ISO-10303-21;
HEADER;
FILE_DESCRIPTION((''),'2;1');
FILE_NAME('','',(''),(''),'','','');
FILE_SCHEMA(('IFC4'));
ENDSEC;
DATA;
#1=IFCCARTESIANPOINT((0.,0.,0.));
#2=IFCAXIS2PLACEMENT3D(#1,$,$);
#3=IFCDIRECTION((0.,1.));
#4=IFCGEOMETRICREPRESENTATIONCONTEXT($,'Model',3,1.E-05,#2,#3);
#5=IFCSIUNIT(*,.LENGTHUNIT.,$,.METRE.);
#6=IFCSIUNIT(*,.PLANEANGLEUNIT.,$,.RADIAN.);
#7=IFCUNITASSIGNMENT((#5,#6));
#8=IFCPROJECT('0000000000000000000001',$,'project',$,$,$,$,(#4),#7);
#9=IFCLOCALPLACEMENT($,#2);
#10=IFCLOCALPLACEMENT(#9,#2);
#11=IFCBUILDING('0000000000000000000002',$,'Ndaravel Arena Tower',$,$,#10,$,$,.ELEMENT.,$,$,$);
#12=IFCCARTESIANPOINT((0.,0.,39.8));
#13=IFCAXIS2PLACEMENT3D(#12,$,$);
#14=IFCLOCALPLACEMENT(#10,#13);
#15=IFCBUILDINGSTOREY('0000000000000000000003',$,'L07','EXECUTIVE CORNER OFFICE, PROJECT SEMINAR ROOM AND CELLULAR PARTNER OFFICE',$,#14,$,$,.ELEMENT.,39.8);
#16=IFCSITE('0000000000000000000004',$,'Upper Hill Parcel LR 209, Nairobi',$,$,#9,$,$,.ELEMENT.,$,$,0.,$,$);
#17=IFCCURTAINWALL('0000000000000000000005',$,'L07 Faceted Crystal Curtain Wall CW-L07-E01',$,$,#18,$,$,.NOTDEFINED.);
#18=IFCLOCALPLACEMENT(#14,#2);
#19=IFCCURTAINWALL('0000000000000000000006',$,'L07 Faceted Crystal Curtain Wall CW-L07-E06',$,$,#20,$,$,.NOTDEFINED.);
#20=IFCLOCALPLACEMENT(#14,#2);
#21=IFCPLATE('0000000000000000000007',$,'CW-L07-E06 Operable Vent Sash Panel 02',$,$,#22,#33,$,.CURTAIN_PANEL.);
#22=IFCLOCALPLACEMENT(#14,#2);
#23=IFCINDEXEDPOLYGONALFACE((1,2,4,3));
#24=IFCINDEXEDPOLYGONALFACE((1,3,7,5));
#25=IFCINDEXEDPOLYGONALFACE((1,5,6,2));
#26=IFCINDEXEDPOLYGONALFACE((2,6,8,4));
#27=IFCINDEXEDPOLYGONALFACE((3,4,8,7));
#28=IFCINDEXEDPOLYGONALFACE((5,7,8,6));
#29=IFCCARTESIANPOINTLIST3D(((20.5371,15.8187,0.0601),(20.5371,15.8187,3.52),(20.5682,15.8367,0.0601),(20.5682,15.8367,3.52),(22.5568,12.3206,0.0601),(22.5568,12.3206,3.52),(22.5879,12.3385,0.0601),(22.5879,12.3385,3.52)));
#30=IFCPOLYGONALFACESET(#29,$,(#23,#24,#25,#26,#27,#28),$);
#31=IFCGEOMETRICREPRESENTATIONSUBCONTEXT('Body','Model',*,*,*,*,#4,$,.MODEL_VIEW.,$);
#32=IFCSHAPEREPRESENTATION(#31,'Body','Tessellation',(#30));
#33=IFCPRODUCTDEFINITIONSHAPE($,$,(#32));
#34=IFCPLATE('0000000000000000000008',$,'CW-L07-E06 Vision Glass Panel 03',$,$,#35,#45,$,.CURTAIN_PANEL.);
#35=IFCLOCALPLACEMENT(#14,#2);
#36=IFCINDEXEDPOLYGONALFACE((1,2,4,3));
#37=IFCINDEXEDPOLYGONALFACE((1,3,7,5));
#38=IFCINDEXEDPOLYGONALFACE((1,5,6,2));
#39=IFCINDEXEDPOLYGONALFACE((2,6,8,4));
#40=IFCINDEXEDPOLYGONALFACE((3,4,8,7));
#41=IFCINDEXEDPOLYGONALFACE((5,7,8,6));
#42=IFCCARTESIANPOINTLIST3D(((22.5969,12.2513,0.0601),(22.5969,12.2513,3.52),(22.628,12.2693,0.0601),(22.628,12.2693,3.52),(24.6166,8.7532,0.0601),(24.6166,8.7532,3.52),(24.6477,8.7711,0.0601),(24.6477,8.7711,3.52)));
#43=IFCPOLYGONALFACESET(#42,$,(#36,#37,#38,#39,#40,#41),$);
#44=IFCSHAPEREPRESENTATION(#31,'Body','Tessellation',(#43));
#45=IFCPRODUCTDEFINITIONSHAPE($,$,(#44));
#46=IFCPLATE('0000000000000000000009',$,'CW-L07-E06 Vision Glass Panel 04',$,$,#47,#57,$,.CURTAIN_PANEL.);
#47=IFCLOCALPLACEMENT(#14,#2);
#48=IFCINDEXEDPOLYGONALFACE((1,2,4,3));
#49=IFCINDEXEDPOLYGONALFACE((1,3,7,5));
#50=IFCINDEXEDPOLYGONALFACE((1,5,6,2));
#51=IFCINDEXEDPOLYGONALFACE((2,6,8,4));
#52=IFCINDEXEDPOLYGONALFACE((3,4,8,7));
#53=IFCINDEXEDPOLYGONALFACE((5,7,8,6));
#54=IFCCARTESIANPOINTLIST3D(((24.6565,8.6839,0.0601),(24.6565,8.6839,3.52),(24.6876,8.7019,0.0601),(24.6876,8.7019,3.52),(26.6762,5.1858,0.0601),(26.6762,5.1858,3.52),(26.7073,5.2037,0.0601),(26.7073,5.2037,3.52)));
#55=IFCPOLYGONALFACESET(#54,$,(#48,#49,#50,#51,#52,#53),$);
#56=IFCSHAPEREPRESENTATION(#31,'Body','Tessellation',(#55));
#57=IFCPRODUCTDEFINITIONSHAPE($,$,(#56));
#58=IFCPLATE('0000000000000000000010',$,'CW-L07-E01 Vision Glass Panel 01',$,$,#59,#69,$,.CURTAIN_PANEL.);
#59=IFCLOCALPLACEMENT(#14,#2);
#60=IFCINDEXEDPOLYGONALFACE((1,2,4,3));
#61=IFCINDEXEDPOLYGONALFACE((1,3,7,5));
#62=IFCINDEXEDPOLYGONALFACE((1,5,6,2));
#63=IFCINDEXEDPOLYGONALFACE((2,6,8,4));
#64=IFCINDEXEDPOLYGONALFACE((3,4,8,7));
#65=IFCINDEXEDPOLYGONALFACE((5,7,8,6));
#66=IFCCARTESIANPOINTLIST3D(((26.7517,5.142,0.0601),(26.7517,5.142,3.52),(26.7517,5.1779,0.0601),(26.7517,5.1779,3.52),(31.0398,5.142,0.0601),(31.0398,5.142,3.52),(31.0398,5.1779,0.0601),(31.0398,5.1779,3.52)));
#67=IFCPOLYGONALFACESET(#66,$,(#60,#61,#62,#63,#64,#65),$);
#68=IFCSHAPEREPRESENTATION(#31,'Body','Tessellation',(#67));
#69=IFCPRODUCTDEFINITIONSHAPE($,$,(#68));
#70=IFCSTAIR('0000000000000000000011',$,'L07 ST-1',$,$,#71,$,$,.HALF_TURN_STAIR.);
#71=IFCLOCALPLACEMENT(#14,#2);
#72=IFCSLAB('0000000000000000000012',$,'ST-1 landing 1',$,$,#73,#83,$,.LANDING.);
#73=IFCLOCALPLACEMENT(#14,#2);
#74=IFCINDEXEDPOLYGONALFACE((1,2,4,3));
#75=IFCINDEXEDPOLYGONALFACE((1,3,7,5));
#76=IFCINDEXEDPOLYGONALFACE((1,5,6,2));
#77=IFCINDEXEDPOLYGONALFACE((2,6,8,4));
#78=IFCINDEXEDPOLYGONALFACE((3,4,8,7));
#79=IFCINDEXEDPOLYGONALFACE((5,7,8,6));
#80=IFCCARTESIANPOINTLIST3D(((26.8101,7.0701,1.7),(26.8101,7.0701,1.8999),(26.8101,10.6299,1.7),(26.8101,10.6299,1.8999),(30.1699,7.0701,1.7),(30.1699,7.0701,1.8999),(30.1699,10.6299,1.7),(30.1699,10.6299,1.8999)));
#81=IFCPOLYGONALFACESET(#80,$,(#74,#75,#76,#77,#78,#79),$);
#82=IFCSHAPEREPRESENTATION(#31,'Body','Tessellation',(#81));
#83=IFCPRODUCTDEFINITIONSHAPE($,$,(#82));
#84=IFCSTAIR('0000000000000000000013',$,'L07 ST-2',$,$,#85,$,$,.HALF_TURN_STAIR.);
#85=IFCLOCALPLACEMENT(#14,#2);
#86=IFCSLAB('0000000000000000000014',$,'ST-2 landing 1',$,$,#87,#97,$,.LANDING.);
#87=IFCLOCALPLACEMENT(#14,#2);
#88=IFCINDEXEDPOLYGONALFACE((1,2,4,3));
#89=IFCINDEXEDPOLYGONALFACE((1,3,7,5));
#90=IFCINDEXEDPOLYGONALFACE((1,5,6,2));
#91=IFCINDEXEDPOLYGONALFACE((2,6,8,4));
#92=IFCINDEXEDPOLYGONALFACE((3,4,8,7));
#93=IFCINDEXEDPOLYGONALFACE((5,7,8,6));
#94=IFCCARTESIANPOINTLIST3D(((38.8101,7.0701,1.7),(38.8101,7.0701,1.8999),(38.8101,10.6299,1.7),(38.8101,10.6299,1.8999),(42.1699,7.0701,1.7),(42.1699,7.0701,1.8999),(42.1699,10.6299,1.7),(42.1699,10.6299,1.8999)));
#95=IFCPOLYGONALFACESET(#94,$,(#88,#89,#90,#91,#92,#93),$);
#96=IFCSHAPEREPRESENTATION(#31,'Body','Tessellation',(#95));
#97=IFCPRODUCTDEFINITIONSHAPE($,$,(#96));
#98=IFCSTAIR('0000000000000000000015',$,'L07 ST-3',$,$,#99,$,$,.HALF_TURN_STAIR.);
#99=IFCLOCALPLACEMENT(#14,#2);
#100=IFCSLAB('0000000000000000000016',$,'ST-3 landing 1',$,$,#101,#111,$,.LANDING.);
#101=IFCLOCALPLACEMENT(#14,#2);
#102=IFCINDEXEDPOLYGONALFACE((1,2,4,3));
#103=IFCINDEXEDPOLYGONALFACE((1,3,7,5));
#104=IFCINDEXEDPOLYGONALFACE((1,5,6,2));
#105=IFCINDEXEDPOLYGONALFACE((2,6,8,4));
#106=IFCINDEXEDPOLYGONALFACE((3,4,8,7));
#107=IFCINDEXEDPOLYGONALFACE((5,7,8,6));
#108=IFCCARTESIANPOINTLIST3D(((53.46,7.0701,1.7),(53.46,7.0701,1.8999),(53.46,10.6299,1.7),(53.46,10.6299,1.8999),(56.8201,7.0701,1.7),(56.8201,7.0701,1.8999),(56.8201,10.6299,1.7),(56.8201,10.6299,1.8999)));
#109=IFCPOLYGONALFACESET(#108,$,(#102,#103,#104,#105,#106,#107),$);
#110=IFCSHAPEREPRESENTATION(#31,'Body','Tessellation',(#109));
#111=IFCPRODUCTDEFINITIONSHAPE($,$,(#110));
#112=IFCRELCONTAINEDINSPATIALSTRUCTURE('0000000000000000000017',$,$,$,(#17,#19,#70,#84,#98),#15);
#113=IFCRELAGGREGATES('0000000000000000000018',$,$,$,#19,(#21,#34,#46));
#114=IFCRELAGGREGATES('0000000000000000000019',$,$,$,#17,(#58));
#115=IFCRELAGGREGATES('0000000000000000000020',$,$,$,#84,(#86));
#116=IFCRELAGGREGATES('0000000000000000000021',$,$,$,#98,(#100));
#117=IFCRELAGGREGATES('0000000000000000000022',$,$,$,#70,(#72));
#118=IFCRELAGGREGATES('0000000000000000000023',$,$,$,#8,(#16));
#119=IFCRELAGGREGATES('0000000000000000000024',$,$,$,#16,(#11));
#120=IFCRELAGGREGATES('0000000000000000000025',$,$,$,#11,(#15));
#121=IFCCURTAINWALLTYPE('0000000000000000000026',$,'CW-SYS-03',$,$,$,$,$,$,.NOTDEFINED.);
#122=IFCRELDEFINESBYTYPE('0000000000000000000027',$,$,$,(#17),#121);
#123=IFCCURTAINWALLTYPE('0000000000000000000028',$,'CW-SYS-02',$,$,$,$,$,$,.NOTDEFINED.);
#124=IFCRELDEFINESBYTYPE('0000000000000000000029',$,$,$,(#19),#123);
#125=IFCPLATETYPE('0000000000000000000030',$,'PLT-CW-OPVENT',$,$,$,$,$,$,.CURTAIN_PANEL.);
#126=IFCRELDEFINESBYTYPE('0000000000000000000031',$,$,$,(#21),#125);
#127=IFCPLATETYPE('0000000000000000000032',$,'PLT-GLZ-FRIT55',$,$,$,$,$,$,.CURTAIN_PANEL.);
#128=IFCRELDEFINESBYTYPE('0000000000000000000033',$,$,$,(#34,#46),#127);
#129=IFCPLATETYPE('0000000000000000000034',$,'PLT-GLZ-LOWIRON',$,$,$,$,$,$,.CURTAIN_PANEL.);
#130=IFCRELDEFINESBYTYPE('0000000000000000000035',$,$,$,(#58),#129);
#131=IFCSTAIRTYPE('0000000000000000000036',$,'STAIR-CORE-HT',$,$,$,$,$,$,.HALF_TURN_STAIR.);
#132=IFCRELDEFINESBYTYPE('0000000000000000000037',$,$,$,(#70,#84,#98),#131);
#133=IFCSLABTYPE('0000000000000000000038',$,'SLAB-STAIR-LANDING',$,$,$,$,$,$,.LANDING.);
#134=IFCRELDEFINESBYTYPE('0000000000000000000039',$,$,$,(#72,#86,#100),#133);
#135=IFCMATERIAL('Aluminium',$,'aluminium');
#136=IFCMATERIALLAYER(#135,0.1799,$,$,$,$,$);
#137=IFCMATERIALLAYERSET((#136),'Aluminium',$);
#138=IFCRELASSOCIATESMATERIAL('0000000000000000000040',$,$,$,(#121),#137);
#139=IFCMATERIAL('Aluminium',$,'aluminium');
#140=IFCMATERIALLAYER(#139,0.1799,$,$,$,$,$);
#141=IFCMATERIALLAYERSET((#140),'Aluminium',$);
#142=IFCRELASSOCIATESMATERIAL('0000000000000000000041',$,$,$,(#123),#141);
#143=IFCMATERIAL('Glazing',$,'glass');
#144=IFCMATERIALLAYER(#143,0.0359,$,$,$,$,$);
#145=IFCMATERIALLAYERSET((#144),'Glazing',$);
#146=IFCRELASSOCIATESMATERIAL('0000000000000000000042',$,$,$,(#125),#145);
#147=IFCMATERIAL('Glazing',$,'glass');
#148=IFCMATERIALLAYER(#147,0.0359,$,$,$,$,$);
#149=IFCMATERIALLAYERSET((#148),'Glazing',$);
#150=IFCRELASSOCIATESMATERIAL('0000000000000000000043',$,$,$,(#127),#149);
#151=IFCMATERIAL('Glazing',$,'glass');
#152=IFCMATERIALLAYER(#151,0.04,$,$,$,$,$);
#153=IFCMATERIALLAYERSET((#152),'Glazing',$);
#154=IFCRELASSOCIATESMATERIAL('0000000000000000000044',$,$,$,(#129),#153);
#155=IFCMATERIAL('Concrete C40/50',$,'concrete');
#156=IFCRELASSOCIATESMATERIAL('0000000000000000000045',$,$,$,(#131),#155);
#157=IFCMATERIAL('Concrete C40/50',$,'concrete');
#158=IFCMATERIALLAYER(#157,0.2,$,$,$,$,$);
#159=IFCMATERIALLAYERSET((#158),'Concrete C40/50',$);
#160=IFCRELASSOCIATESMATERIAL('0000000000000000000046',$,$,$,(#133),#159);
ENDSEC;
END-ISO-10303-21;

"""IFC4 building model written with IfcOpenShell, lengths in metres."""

from ifc_helpers import new_model, si_unit, direction, frame, origin, origin_2d, place, context, subcontext, project, spatial, polyline, rectangle, outline, extrude, material, layer, layer_set, type_object, element, aggregate, save


model = new_model("IFC4")

# Units and contexts
model_context = context("Model", 3, precision=1e-05, world=origin(), true_north=direction((0.0, 1.0)))
body_context = subcontext(model_context, "Body", "Model", "MODEL_VIEW")
ifc_project = project(units=[si_unit("LENGTHUNIT", "METRE"), si_unit("PLANEANGLEUNIT", "RADIAN")], contexts=[model_context])

# Site, building, storey
site_placement = place(None, origin())
site = spatial("IfcSite", under=ifc_project, at=site_placement, Name="Upper Hill Parcel LR 209, Nairobi", CompositionType="ELEMENT", RefElevation=0.0)
building_placement = place(site_placement, origin())
building = spatial("IfcBuilding", under=site, at=building_placement, Name="Ndaravel Arena Tower", CompositionType="ELEMENT")
storey_placement = place(building_placement, frame((0.0, 0.0, 39.8)))
storey = spatial("IfcBuildingStorey", under=building, at=storey_placement, Name="L07", Description="EXECUTIVE CORNER OFFICE, PROJECT SEMINAR ROOM AND CELLULAR PARTNER OFFICE", CompositionType="ELEMENT", Elevation=39.8)

# Curtain wall
ifc_material_1 = material(Name="Aluminium", Category="aluminium")
ifc_layer_1 = layer(ifc_material_1, 0.1799)
ifc_layer_set_1 = layer_set([ifc_layer_1], Name="Aluminium")
curtain_wall_type_1 = type_object("IfcCurtainWallType", Name="CW-SYS-03", PredefinedType="NOTDEFINED", material=ifc_layer_set_1)
curtain_wall_1_placement = place(storey_placement, origin())
curtain_wall_1 = element("IfcCurtainWall", 1, at=curtain_wall_1_placement, inside=storey, type_object=curtain_wall_type_1, Name="L07 Faceted Crystal Curtain Wall CW-L07-E01", PredefinedType="NOTDEFINED")

# Curtain wall
ifc_material_2 = material(Name="Aluminium", Category="aluminium")
ifc_layer_2 = layer(ifc_material_2, 0.1799)
ifc_layer_set_2 = layer_set([ifc_layer_2], Name="Aluminium")
curtain_wall_type_2 = type_object("IfcCurtainWallType", Name="CW-SYS-02", PredefinedType="NOTDEFINED", material=ifc_layer_set_2)
curtain_wall_2_placement = place(storey_placement, origin())
curtain_wall_2 = element("IfcCurtainWall", 2, at=curtain_wall_2_placement, inside=storey, type_object=curtain_wall_type_2, Name="L07 Faceted Crystal Curtain Wall CW-L07-E06", PredefinedType="NOTDEFINED")

# Plates
ifc_material_3 = material(Name="Glazing", Category="glass")
ifc_layer_3 = layer(ifc_material_3, 0.0359)
ifc_layer_set_3 = layer_set([ifc_layer_3], Name="Glazing")
plate_type_1 = type_object("IfcPlateType", Name="PLT-CW-OPVENT", PredefinedType="CURTAIN_PANEL", material=ifc_layer_set_3)
plate_1_placement = place(storey_placement, frame((21.5625, 14.0786, 0.0601), z_axis=(0.0, 0.0, 1.0), x_axis=(0.5, -0.866025, 0.0)))
plate_1 = element("IfcPlate", 3, at=plate_1_placement, type_object=plate_type_1, Name="CW-L07-E06 Operable Vent Sash Panel 02", PredefinedType="CURTAIN_PANEL", context=body_context, shape_type="SweptSolid", body=[
    extrude(rectangle(XDim=4.0393, YDim=0.0359, at=origin_2d()), origin(), (0.0, 0.0, 1.0), 3.46),
])
ifc_material_4 = material(Name="Glazing", Category="glass")
ifc_layer_4 = layer(ifc_material_4, 0.0359)
ifc_layer_set_4 = layer_set([ifc_layer_4], Name="Glazing")
plate_type_2 = type_object("IfcPlateType", Name="PLT-GLZ-FRIT55", PredefinedType="CURTAIN_PANEL", material=ifc_layer_set_4)
plate_2_placement = place(storey_placement, frame((23.6223, 10.5112, 0.0601), z_axis=(0.0, 0.0, 1.0), x_axis=(0.5, -0.866025, 0.0)))
plate_2 = element("IfcPlate", 4, at=plate_2_placement, type_object=plate_type_2, Name="CW-L07-E06 Vision Glass Panel 03", PredefinedType="CURTAIN_PANEL", context=body_context, shape_type="SweptSolid", body=[
    extrude(rectangle(XDim=4.0393, YDim=0.0359, at=origin_2d()), origin(), (0.0, 0.0, 1.0), 3.46),
])
plate_3_placement = place(storey_placement, frame((25.6819, 6.9438, 0.0601), z_axis=(0.0, 0.0, 1.0), x_axis=(0.5, -0.866025, 0.0)))
plate_3 = element("IfcPlate", 5, at=plate_3_placement, type_object=plate_type_2, Name="CW-L07-E06 Vision Glass Panel 04", PredefinedType="CURTAIN_PANEL", context=body_context, shape_type="SweptSolid", body=[
    extrude(rectangle(XDim=4.0393, YDim=0.0359, at=origin_2d()), origin(), (0.0, 0.0, 1.0), 3.46),
])
aggregate(curtain_wall_2, [plate_1, plate_2, plate_3])
ifc_material_5 = material(Name="Glazing", Category="glass")
ifc_layer_5 = layer(ifc_material_5, 0.04)
ifc_layer_set_5 = layer_set([ifc_layer_5], Name="Glazing")
plate_type_3 = type_object("IfcPlateType", Name="PLT-GLZ-LOWIRON", PredefinedType="CURTAIN_PANEL", material=ifc_layer_set_5)
plate_4_placement = place(storey_placement, frame((28.8958, 5.1599, 0.0601), z_axis=(0.0, 0.0, 1.0), x_axis=(1.0, 0.0, 0.0)))
plate_4 = element("IfcPlate", 6, at=plate_4_placement, type_object=plate_type_3, Name="CW-L07-E01 Vision Glass Panel 01", PredefinedType="CURTAIN_PANEL", context=body_context, shape_type="SweptSolid", body=[
    extrude(rectangle(XDim=4.2881, YDim=0.0359, at=origin_2d()), origin(), (0.0, 0.0, 1.0), 3.46),
])
aggregate(curtain_wall_1, [plate_4])

# Stairs, slabs
ifc_material_6 = material(Name="Concrete C40/50", Category="concrete")
stair_type = type_object("IfcStairType", Name="STAIR-CORE-HT", PredefinedType="HALF_TURN_STAIR", material=ifc_material_6)
stair_1_placement = place(storey_placement, origin())
stair_1 = element("IfcStair", 7, at=stair_1_placement, inside=storey, type_object=stair_type, Name="L07 ST-1", PredefinedType="HALF_TURN_STAIR")
ifc_material_7 = material(Name="Concrete C40/50", Category="concrete")
ifc_layer_6 = layer(ifc_material_7, 0.2)
ifc_layer_set_6 = layer_set([ifc_layer_6], Name="Concrete C40/50")
slab_type_1 = type_object("IfcSlabType", Name="SLAB-STAIR-LANDING", PredefinedType="LANDING", material=ifc_layer_set_6)
slab_1_placement = place(storey_placement, frame((0.0, 0.0, 1.7)))
slab_1 = element("IfcSlab", 8, at=slab_1_placement, type_object=slab_type_1, Name="ST-1 landing 1", PredefinedType="LANDING", context=body_context, shape_type="SweptSolid", body=[
    extrude(outline(polyline([(26.8101, 10.6299), (26.8101, 7.0701), (30.1699, 7.0701), (30.1699, 10.6299), (26.8101, 10.6299)])), origin(), (0.0, 0.0, 1.0), 0.2),
])
stair_2_placement = place(storey_placement, origin())
stair_2 = element("IfcStair", 9, at=stair_2_placement, inside=storey, type_object=stair_type, Name="L07 ST-2", PredefinedType="HALF_TURN_STAIR")
slab_2_placement = place(storey_placement, frame((0.0, 0.0, 1.7)))
slab_2 = element("IfcSlab", 10, at=slab_2_placement, type_object=slab_type_1, Name="ST-2 landing 1", PredefinedType="LANDING", context=body_context, shape_type="SweptSolid", body=[
    extrude(outline(polyline([(38.8101, 10.6299), (38.8101, 7.0701), (42.1699, 7.0701), (42.1699, 10.6299), (38.8101, 10.6299)])), origin(), (0.0, 0.0, 1.0), 0.2),
])
aggregate(stair_2, [slab_2])
stair_3_placement = place(storey_placement, origin())
stair_3 = element("IfcStair", 11, at=stair_3_placement, inside=storey, type_object=stair_type, Name="L07 ST-3", PredefinedType="HALF_TURN_STAIR")
slab_3_placement = place(storey_placement, frame((0.0, 0.0, 1.7)))
slab_3 = element("IfcSlab", 12, at=slab_3_placement, type_object=slab_type_1, Name="ST-3 landing 1", PredefinedType="LANDING", context=body_context, shape_type="SweptSolid", body=[
    extrude(outline(polyline([(53.46, 10.6299), (53.46, 7.0701), (56.8201, 7.0701), (56.8201, 10.6299), (53.46, 10.6299)])), origin(), (0.0, 0.0, 1.0), 0.2),
])
aggregate(stair_3, [slab_3])

aggregate(stair_1, [slab_1])

save(model, "model.ifc")
